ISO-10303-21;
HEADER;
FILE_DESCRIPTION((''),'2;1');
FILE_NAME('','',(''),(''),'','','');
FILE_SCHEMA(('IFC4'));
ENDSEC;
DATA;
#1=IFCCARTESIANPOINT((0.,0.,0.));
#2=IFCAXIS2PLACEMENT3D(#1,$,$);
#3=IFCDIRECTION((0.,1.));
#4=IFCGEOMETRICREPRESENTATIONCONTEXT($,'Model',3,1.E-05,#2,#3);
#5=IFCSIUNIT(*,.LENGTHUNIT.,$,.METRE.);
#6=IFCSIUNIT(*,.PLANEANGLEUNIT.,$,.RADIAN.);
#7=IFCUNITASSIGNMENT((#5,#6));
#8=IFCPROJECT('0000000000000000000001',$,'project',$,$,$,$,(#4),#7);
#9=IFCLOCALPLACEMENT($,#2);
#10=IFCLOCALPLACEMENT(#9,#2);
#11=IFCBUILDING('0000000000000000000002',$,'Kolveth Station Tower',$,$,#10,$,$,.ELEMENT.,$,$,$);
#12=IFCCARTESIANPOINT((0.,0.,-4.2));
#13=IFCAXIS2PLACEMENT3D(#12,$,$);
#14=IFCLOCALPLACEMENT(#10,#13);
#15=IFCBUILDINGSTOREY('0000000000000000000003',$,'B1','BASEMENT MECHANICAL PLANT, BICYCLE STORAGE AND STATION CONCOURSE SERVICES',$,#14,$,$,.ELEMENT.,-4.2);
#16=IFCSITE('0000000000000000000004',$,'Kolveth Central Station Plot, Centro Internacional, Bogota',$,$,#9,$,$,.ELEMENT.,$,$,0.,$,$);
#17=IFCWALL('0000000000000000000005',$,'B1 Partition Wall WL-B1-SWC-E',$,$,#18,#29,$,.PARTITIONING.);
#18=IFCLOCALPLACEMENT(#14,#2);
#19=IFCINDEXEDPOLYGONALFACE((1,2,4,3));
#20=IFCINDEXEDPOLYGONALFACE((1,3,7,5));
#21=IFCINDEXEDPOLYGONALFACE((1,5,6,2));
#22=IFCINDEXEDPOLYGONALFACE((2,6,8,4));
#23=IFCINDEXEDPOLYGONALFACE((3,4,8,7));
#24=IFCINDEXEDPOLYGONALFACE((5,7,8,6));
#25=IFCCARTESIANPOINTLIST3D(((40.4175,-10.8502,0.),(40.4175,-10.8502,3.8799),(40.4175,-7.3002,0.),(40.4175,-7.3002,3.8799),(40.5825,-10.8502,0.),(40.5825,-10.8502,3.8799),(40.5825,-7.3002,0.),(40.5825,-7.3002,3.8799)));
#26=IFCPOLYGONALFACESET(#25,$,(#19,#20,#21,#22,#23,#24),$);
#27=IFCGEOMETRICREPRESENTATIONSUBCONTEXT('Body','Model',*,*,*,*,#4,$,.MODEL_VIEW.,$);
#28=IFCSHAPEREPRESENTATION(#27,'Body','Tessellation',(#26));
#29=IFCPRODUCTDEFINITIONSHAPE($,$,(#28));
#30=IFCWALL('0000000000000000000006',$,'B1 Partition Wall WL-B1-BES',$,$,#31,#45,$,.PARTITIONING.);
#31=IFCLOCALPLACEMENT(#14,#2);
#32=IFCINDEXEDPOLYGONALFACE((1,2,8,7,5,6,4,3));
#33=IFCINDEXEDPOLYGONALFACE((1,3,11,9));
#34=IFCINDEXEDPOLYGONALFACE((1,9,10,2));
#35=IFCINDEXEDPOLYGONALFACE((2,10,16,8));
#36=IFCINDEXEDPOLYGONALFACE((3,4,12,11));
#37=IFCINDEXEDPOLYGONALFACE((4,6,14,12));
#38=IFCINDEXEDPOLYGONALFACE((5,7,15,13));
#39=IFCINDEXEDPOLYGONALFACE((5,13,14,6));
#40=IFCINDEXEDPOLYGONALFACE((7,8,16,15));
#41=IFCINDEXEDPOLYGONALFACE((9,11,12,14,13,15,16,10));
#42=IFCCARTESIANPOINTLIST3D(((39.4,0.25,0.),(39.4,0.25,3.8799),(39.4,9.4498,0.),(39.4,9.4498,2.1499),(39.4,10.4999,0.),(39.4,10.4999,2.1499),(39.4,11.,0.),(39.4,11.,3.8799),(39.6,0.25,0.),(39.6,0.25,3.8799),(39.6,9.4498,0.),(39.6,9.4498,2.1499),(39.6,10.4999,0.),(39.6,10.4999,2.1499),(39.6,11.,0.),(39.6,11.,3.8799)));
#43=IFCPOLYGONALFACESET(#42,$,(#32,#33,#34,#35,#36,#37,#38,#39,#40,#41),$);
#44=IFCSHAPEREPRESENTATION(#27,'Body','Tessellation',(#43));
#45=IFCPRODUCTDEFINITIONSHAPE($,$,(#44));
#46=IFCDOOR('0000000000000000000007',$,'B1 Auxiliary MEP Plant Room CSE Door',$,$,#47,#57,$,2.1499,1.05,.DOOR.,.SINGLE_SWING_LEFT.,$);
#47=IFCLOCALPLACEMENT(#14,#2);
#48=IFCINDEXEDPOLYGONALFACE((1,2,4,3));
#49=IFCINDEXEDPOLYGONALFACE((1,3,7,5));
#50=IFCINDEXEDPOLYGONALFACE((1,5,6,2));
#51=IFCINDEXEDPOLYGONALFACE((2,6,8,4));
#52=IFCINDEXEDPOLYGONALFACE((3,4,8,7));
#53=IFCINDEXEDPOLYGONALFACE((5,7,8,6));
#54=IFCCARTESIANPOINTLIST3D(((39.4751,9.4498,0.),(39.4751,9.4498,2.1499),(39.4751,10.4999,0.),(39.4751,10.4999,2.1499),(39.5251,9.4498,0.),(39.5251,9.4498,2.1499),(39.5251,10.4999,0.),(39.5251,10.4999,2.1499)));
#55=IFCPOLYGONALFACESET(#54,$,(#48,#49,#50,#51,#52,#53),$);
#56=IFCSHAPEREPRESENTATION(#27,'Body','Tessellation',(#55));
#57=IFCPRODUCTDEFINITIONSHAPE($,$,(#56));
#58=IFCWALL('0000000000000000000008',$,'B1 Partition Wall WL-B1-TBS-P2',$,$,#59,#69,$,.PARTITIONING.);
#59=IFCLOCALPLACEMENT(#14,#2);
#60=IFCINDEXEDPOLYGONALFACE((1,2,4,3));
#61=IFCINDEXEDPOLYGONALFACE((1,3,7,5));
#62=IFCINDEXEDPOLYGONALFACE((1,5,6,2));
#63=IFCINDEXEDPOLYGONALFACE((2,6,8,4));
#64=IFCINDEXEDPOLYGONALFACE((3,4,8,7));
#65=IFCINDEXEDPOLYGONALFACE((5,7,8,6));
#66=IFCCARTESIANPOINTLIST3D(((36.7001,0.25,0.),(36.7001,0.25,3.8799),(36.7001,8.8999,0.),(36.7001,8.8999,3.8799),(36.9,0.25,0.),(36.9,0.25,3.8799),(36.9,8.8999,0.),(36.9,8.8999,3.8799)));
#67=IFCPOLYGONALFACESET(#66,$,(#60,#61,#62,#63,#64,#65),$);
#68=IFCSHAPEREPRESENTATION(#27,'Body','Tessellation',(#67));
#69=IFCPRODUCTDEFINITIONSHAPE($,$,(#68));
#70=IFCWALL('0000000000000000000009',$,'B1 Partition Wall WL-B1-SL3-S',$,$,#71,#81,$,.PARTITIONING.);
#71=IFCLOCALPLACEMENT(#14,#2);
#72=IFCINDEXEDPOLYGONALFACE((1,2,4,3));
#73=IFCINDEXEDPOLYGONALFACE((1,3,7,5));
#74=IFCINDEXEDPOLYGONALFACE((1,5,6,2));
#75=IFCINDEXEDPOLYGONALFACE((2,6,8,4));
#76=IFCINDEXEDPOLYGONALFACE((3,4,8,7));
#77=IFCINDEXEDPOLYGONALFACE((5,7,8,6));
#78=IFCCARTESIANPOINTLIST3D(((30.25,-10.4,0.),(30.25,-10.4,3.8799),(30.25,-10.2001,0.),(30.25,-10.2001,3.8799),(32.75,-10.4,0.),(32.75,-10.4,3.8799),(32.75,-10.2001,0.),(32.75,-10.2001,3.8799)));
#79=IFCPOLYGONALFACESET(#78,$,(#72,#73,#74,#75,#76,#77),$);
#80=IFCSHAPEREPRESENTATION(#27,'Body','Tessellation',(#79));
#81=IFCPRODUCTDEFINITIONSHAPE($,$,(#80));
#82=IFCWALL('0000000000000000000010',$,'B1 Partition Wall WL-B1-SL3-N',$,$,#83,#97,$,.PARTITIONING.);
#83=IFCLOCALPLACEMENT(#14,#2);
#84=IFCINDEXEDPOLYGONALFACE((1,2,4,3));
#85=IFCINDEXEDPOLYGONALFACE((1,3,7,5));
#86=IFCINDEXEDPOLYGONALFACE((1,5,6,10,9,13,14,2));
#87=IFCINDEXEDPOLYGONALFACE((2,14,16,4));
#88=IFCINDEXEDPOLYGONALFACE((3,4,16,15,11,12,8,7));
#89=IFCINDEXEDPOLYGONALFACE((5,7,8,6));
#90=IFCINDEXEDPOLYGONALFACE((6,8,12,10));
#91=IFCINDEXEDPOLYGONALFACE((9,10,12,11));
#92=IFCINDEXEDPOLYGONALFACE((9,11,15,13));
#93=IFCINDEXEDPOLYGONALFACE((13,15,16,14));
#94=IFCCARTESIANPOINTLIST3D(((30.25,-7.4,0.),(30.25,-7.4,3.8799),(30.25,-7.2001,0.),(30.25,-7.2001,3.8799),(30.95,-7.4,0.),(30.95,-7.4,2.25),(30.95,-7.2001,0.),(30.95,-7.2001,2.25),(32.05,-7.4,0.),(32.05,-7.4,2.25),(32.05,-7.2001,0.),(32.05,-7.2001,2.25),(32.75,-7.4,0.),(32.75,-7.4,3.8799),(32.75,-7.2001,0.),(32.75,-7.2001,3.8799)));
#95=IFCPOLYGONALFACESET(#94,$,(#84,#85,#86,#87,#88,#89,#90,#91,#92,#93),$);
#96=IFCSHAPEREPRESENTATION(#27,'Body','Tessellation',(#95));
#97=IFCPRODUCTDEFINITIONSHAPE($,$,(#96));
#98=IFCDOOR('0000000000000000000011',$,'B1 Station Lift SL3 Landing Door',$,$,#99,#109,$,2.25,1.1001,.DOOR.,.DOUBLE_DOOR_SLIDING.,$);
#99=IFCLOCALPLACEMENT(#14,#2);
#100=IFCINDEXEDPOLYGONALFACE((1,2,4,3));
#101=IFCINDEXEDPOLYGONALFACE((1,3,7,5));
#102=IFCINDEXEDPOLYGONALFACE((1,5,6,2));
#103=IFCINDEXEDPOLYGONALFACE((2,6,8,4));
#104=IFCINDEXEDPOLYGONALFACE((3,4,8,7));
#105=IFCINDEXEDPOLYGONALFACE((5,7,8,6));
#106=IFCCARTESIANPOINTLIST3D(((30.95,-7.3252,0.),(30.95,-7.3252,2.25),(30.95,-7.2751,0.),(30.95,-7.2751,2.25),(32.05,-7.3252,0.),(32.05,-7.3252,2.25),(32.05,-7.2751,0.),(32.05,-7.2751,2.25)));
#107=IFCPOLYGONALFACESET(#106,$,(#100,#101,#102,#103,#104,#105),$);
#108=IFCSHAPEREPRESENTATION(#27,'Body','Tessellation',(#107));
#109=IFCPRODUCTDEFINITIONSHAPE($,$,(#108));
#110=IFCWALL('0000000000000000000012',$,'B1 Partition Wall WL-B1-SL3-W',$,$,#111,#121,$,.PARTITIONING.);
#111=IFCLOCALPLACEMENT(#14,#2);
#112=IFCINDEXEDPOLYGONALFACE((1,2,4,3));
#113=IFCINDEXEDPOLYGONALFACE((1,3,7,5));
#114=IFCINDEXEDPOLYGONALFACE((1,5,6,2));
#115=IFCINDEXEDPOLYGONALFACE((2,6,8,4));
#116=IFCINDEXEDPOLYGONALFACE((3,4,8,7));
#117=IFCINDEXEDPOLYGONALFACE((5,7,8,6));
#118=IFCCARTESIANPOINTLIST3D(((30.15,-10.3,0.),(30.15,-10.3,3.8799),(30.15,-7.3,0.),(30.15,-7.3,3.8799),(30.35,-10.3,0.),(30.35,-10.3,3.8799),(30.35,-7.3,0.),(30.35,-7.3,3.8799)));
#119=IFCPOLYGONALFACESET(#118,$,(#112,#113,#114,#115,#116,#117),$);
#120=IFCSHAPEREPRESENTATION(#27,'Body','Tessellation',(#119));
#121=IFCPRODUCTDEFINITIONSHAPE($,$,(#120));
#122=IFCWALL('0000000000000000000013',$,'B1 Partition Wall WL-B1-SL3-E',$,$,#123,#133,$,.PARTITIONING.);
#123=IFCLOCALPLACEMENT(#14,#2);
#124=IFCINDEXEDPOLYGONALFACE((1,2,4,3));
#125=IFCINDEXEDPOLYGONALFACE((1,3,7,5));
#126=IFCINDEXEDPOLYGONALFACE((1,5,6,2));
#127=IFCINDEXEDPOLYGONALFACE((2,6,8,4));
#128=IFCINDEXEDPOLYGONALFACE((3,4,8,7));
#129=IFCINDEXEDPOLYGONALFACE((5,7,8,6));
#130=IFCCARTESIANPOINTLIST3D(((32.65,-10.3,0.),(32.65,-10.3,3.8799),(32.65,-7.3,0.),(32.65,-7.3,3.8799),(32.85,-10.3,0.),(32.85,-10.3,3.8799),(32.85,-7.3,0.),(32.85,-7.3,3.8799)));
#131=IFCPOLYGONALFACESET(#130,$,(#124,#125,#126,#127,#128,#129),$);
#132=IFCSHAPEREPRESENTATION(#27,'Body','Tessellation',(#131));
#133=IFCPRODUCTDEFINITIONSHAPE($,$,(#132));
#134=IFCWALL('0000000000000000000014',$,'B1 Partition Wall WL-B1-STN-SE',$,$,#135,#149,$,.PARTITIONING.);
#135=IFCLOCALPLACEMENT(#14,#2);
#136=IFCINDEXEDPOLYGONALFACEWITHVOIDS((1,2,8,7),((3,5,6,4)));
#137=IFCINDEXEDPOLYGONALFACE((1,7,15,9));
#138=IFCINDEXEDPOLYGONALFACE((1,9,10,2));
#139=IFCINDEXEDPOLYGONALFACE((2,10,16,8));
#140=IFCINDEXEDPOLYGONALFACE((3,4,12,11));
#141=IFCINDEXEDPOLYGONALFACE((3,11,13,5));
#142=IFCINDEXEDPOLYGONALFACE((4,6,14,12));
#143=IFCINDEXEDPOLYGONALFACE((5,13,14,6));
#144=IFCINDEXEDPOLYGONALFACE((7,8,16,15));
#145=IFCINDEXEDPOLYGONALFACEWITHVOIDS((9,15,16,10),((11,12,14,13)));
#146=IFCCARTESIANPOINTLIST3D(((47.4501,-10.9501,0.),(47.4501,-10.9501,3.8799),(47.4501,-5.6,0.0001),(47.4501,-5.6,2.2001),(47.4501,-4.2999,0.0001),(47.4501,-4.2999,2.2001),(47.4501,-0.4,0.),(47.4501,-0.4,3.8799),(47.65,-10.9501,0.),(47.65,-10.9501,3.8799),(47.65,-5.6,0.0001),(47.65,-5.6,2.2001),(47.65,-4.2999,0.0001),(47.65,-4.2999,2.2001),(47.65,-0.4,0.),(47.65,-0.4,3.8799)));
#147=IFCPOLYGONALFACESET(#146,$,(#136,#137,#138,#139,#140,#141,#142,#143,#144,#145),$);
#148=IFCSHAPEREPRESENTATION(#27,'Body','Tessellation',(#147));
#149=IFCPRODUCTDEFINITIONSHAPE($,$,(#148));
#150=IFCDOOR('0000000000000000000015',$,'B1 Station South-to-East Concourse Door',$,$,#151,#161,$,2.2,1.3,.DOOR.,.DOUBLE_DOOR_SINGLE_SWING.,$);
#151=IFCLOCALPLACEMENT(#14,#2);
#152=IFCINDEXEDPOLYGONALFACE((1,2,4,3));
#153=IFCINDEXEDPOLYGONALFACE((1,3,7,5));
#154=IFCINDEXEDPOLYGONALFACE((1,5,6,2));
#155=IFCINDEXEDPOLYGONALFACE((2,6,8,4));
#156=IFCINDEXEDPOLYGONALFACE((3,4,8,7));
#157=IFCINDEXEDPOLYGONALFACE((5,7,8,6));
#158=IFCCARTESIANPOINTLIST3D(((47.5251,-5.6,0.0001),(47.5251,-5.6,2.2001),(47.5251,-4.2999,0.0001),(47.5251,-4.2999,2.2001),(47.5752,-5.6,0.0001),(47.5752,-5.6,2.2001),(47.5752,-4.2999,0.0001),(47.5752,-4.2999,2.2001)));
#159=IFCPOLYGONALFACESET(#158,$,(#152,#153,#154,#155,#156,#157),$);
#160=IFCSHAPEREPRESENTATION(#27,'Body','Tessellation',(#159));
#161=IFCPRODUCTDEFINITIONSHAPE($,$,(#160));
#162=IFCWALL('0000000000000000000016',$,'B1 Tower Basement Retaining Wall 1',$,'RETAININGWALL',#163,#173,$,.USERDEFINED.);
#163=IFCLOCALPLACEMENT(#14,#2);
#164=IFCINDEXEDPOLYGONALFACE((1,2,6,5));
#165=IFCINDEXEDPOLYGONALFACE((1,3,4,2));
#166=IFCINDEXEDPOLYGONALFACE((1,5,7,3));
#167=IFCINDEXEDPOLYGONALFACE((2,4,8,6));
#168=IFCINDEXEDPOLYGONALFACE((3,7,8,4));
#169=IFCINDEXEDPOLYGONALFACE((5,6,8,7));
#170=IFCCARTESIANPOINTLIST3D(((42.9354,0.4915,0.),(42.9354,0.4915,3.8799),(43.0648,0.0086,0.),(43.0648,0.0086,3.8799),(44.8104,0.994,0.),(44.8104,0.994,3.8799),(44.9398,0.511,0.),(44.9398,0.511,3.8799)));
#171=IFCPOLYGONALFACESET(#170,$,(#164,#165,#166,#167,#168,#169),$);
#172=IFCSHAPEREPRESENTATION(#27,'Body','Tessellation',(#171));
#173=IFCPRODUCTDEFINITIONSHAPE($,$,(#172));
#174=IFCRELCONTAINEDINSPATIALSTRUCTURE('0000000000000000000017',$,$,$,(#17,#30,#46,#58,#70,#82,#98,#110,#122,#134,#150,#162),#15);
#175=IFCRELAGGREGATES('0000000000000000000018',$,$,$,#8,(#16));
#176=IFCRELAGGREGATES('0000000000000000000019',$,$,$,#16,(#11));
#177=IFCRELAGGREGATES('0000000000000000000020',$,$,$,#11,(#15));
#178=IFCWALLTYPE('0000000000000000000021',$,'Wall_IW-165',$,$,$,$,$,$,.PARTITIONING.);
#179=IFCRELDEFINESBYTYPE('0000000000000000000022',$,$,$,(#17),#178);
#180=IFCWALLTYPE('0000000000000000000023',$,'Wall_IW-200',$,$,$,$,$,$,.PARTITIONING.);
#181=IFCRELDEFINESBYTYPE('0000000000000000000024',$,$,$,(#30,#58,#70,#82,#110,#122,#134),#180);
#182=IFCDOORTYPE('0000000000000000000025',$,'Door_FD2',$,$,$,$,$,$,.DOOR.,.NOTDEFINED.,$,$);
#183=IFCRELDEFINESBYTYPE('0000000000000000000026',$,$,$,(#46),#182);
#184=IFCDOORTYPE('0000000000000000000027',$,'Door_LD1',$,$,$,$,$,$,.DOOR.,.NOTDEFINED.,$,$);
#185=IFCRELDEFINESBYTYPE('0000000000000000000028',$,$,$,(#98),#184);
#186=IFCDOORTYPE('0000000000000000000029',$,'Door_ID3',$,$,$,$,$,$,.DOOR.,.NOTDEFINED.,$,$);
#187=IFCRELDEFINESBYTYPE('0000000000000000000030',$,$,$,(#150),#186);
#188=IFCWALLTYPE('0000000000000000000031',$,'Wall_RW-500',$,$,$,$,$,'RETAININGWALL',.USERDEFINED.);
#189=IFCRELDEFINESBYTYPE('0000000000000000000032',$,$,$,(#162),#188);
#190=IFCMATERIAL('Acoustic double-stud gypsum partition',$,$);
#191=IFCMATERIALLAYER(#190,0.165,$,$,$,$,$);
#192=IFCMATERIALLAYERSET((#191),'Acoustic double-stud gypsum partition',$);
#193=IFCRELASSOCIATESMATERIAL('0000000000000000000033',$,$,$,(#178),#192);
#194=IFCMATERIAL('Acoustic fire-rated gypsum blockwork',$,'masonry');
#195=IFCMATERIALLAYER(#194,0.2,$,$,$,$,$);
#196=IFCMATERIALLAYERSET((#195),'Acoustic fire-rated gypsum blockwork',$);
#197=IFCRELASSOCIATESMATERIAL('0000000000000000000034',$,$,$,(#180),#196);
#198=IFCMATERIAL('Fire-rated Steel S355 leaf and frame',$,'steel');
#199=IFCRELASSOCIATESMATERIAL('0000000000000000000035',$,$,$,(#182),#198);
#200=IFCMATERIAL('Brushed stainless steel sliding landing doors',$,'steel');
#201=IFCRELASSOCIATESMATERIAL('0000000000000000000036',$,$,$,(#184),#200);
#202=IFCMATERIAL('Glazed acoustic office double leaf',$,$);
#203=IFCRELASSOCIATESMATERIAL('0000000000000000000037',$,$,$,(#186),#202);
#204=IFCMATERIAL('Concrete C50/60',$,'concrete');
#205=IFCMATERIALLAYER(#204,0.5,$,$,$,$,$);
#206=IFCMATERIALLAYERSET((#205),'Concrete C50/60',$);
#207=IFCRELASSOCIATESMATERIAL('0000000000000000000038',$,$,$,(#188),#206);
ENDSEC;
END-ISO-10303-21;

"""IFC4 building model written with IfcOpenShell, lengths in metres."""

from ifc_helpers import new_model, si_unit, direction, frame, frame_2d, origin, place, context, subcontext, project, spatial, rectangle, extrude, material, layer, layer_set, type_object, element, fill, save


model = new_model("IFC4")

# Units and contexts
model_context = context("Model", 3, precision=1e-05, world=origin(), true_north=direction((0.0, 1.0)))
body_context = subcontext(model_context, "Body", "Model", "MODEL_VIEW")
ifc_project = project(units=[si_unit("LENGTHUNIT", "METRE"), si_unit("PLANEANGLEUNIT", "RADIAN")], contexts=[model_context])

# Site, building, storey
site_placement = place(None, origin())
site = spatial("IfcSite", under=ifc_project, at=site_placement, Name="Kolveth Central Station Plot, Centro Internacional, Bogota", CompositionType="ELEMENT", RefElevation=0.0)
building_placement = place(site_placement, origin())
building = spatial("IfcBuilding", under=site, at=building_placement, Name="Kolveth Station Tower", CompositionType="ELEMENT")
storey_placement = place(building_placement, frame((0.0, 0.0, -4.2)))
storey = spatial("IfcBuildingStorey", under=building, at=storey_placement, Name="B1", Description="BASEMENT MECHANICAL PLANT, BICYCLE STORAGE AND STATION CONCOURSE SERVICES", CompositionType="ELEMENT", Elevation=-4.2)

# Shared definitions
ifc_material_1 = material(Name="Concrete C50/60", Category="concrete")

# Shared definitions
ifc_material_2 = material(Name="Acoustic double-stud gypsum partition")
ifc_layer_1 = layer(ifc_material_2, 0.165)
ifc_layer_set_1 = layer_set([ifc_layer_1], Name="Acoustic double-stud gypsum partition")
wall_type_1 = type_object("IfcWallType", Name="Wall_IW-165", PredefinedType="PARTITIONING", material=ifc_layer_set_1)

# Wall
for number, where, z_axis, x_axis, name in (
    (1, (40.5, -10.8501, 0.0), (0.0, 0.0, 1.0), (0.0, 1.0, 0.0), "B1 Partition Wall WL-B1-SWC-E"),
):
    element("IfcWall", number, at=place(storey_placement, frame(where, z_axis=z_axis, x_axis=x_axis)), inside=storey, type_object=wall_type_1, Name=name, PredefinedType="PARTITIONING", context=body_context, shape_type="SweptSolid", body=[
        extrude(rectangle(XDim=3.55, YDim=0.165, at=frame_2d((1.7749, 0.0))), origin(), (0.0, 0.0, 1.0), 3.8799),
    ])

# Wall, opening, door
ifc_material_3 = material(Name="Acoustic fire-rated gypsum blockwork", Category="masonry")
ifc_layer_2 = layer(ifc_material_3, 0.2)
ifc_layer_set_2 = layer_set([ifc_layer_2], Name="Acoustic fire-rated gypsum blockwork")
wall_type_2 = type_object("IfcWallType", Name="Wall_IW-200", PredefinedType="PARTITIONING", material=ifc_layer_set_2)
wall_1_placement = place(storey_placement, frame((39.5, 0.25, 0.0), z_axis=(0.0, 0.0, 1.0), x_axis=(0.0, 1.0, 0.0)))
wall_1 = element("IfcWall", 2, at=wall_1_placement, inside=storey, type_object=wall_type_2, Name="B1 Partition Wall WL-B1-BES", PredefinedType="PARTITIONING", context=body_context, shape_type="SweptSolid", body=[
    extrude(rectangle(XDim=10.75, YDim=0.2, at=frame_2d((5.375, 0.0))), origin(), (0.0, 0.0, 1.0), 3.8799),
])
opening_1_placement = place(wall_1_placement, frame((9.2, 0.0, 0.0)))
opening_1 = element("IfcOpeningElement", 3, at=opening_1_placement, cuts=wall_1, PredefinedType="OPENING", context=body_context, shape_type="SweptSolid", body=[
    extrude(rectangle(XDim=1.05, YDim=2.1499, at=frame_2d((0.5249, 1.075))), frame((0.0, 0.1099, 0.0), z_axis=(0.0, -1.0, 0.0), x_axis=(1.0, 0.0, 0.0)), (0.0, 0.0, 1.0), 0.22),
])
ifc_material_4 = material(Name="Fire-rated Steel S355 leaf and frame", Category="steel")
door_type_1 = type_object("IfcDoorType", Name="Door_FD2", OperationType="NOTDEFINED", PredefinedType="DOOR", material=ifc_material_4)
door_1_placement = place(opening_1_placement, origin())
door_1 = element("IfcDoor", 4, at=door_1_placement, inside=storey, type_object=door_type_1, Name="B1 Auxiliary MEP Plant Room CSE Door", OperationType="SINGLE_SWING_LEFT", OverallHeight=2.1499, OverallWidth=1.05, PredefinedType="DOOR", context=body_context, shape_type="SweptSolid", body=[
    extrude(rectangle(XDim=1.05, YDim=2.1499, at=frame_2d((0.5249, 1.075))), frame((0.0, 0.0249, 0.0), z_axis=(0.0, -1.0, 0.0), x_axis=(1.0, 0.0, 0.0)), (0.0, 0.0, 1.0), 0.05),
])
fill(opening_1, door_1)

# Walls
wall_2_placement = place(storey_placement, frame((36.8, 0.25, 0.0), z_axis=(0.0, 0.0, 1.0), x_axis=(0.0, 1.0, 0.0)))
element("IfcWall", 5, at=wall_2_placement, inside=storey, type_object=wall_type_2, Name="B1 Partition Wall WL-B1-TBS-P2", PredefinedType="PARTITIONING", context=body_context, shape_type="SweptSolid", body=[
    extrude(rectangle(XDim=8.6499, YDim=0.2, at=frame_2d((4.325, 0.0))), origin(), (0.0, 0.0, 1.0), 3.8799),
])
wall_3_placement = place(storey_placement, frame((30.25, -10.3, 0.0), z_axis=(0.0, 0.0, 1.0), x_axis=(1.0, 0.0, 0.0)))
element("IfcWall", 6, at=wall_3_placement, inside=storey, type_object=wall_type_2, Name="B1 Partition Wall WL-B1-SL3-S", PredefinedType="PARTITIONING", context=body_context, shape_type="SweptSolid", body=[
    extrude(rectangle(XDim=2.5, YDim=0.2, at=frame_2d((1.25, 0.0))), origin(), (0.0, 0.0, 1.0), 3.8799),
])

# Wall, opening, door
wall_4_placement = place(storey_placement, frame((30.25, -7.3, 0.0), z_axis=(0.0, 0.0, 1.0), x_axis=(1.0, 0.0, 0.0)))
wall_4 = element("IfcWall", 7, at=wall_4_placement, inside=storey, type_object=wall_type_2, Name="B1 Partition Wall WL-B1-SL3-N", PredefinedType="PARTITIONING", context=body_context, shape_type="SweptSolid", body=[
    extrude(rectangle(XDim=2.5, YDim=0.2, at=frame_2d((1.25, 0.0))), origin(), (0.0, 0.0, 1.0), 3.8799),
])
opening_2_placement = place(wall_4_placement, frame((0.7, 0.0, 0.0)))
opening_2 = element("IfcOpeningElement", 8, at=opening_2_placement, cuts=wall_4, PredefinedType="OPENING", context=body_context, shape_type="SweptSolid", body=[
    extrude(rectangle(XDim=1.1001, YDim=2.25, at=frame_2d((0.55, 1.125))), frame((0.0, 0.1099, 0.0), z_axis=(0.0, -1.0, 0.0), x_axis=(1.0, 0.0, 0.0)), (0.0, 0.0, 1.0), 0.22),
])
ifc_material_5 = material(Name="Brushed stainless steel sliding landing doors", Category="steel")
door_type_2 = type_object("IfcDoorType", Name="Door_LD1", OperationType="NOTDEFINED", PredefinedType="DOOR", material=ifc_material_5)
door_2_placement = place(opening_2_placement, origin())
door_2 = element("IfcDoor", 9, at=door_2_placement, inside=storey, type_object=door_type_2, Name="B1 Station Lift SL3 Landing Door", OperationType="DOUBLE_DOOR_SLIDING", OverallHeight=2.25, OverallWidth=1.1001, PredefinedType="DOOR", context=body_context, shape_type="SweptSolid", body=[
    extrude(rectangle(XDim=1.1001, YDim=2.25, at=frame_2d((0.55, 1.125))), frame((0.0, 0.0249, 0.0), z_axis=(0.0, -1.0, 0.0), x_axis=(1.0, 0.0, 0.0)), (0.0, 0.0, 1.0), 0.05),
])
fill(opening_2, door_2)

# Walls
for number, where, z_axis, x_axis, name in (
    (10, (30.25, -10.3, 0.0), (0.0, 0.0, 1.0), (0.0, 1.0, 0.0), "B1 Partition Wall WL-B1-SL3-W"),
    (11, (32.75, -10.3, 0.0), (0.0, 0.0, 1.0), (0.0, 1.0, 0.0), "B1 Partition Wall WL-B1-SL3-E"),
):
    element("IfcWall", number, at=place(storey_placement, frame(where, z_axis=z_axis, x_axis=x_axis)), inside=storey, type_object=wall_type_2, Name=name, PredefinedType="PARTITIONING", context=body_context, shape_type="SweptSolid", body=[
        extrude(rectangle(XDim=3.0, YDim=0.2, at=frame_2d((1.5, 0.0))), origin(), (0.0, 0.0, 1.0), 3.8799),
    ])

# Wall, opening, door
wall_5_placement = place(storey_placement, frame((47.55, -10.95, 0.0), z_axis=(0.0, 0.0, 1.0), x_axis=(0.0, 1.0, 0.0)))
wall_5 = element("IfcWall", 12, at=wall_5_placement, inside=storey, type_object=wall_type_2, Name="B1 Partition Wall WL-B1-STN-SE", PredefinedType="PARTITIONING", context=body_context, shape_type="SweptSolid", body=[
    extrude(rectangle(XDim=10.55, YDim=0.2, at=frame_2d((5.2749, 0.0))), origin(), (0.0, 0.0, 1.0), 3.8799),
])
opening_3_placement = place(wall_5_placement, frame((5.3501, 0.0, 0.0)))
opening_3 = element("IfcOpeningElement", 13, at=opening_3_placement, cuts=wall_5, PredefinedType="OPENING", context=body_context, shape_type="SweptSolid", body=[
    extrude(rectangle(XDim=1.3, YDim=2.2, at=frame_2d((0.6499, 1.1001))), frame((0.0, 0.1099, 0.0), z_axis=(0.0, -1.0, 0.0), x_axis=(1.0, 0.0, 0.0)), (0.0, 0.0, 1.0), 0.22),
])
ifc_material_6 = material(Name="Glazed acoustic office double leaf")
door_type_3 = type_object("IfcDoorType", Name="Door_ID3", OperationType="NOTDEFINED", PredefinedType="DOOR", material=ifc_material_6)
door_3_placement = place(opening_3_placement, origin())
door_3 = element("IfcDoor", 14, at=door_3_placement, inside=storey, type_object=door_type_3, Name="B1 Station South-to-East Concourse Door", OperationType="DOUBLE_DOOR_SINGLE_SWING", OverallHeight=2.2, OverallWidth=1.3, PredefinedType="DOOR", context=body_context, shape_type="SweptSolid", body=[
    extrude(rectangle(XDim=1.3, YDim=2.2, at=frame_2d((0.6499, 1.1001))), frame((0.0, 0.0249, 0.0), z_axis=(0.0, -1.0, 0.0), x_axis=(1.0, 0.0, 0.0)), (0.0, 0.0, 1.0), 0.05),
])
fill(opening_3, door_3)

# Wall
ifc_layer_3 = layer(ifc_material_1, 0.5)
ifc_layer_set_3 = layer_set([ifc_layer_3], Name="Concrete C50/60")
wall_type_3 = type_object("IfcWallType", Name="Wall_RW-500", ElementType="RETAININGWALL", PredefinedType="USERDEFINED", material=ifc_layer_set_3)
for number, where, z_axis, x_axis, name in (
    (15, (43.0, 0.25, 0.0), (0.0, 0.0, 1.0), (0.965921, 0.258837, 0.0), "B1 Tower Basement Retaining Wall 1"),
):
    element("IfcWall", number, at=place(storey_placement, frame(where, z_axis=z_axis, x_axis=x_axis)), inside=storey, type_object=wall_type_3, Name=name, ObjectType="RETAININGWALL", PredefinedType="USERDEFINED", context=body_context, shape_type="SweptSolid", body=[
        extrude(rectangle(XDim=1.9412, YDim=0.5, at=frame_2d((0.9707, 0.0))), origin(), (0.0, 0.0, 1.0), 3.8799),
    ])

save(model, "model.ifc")
